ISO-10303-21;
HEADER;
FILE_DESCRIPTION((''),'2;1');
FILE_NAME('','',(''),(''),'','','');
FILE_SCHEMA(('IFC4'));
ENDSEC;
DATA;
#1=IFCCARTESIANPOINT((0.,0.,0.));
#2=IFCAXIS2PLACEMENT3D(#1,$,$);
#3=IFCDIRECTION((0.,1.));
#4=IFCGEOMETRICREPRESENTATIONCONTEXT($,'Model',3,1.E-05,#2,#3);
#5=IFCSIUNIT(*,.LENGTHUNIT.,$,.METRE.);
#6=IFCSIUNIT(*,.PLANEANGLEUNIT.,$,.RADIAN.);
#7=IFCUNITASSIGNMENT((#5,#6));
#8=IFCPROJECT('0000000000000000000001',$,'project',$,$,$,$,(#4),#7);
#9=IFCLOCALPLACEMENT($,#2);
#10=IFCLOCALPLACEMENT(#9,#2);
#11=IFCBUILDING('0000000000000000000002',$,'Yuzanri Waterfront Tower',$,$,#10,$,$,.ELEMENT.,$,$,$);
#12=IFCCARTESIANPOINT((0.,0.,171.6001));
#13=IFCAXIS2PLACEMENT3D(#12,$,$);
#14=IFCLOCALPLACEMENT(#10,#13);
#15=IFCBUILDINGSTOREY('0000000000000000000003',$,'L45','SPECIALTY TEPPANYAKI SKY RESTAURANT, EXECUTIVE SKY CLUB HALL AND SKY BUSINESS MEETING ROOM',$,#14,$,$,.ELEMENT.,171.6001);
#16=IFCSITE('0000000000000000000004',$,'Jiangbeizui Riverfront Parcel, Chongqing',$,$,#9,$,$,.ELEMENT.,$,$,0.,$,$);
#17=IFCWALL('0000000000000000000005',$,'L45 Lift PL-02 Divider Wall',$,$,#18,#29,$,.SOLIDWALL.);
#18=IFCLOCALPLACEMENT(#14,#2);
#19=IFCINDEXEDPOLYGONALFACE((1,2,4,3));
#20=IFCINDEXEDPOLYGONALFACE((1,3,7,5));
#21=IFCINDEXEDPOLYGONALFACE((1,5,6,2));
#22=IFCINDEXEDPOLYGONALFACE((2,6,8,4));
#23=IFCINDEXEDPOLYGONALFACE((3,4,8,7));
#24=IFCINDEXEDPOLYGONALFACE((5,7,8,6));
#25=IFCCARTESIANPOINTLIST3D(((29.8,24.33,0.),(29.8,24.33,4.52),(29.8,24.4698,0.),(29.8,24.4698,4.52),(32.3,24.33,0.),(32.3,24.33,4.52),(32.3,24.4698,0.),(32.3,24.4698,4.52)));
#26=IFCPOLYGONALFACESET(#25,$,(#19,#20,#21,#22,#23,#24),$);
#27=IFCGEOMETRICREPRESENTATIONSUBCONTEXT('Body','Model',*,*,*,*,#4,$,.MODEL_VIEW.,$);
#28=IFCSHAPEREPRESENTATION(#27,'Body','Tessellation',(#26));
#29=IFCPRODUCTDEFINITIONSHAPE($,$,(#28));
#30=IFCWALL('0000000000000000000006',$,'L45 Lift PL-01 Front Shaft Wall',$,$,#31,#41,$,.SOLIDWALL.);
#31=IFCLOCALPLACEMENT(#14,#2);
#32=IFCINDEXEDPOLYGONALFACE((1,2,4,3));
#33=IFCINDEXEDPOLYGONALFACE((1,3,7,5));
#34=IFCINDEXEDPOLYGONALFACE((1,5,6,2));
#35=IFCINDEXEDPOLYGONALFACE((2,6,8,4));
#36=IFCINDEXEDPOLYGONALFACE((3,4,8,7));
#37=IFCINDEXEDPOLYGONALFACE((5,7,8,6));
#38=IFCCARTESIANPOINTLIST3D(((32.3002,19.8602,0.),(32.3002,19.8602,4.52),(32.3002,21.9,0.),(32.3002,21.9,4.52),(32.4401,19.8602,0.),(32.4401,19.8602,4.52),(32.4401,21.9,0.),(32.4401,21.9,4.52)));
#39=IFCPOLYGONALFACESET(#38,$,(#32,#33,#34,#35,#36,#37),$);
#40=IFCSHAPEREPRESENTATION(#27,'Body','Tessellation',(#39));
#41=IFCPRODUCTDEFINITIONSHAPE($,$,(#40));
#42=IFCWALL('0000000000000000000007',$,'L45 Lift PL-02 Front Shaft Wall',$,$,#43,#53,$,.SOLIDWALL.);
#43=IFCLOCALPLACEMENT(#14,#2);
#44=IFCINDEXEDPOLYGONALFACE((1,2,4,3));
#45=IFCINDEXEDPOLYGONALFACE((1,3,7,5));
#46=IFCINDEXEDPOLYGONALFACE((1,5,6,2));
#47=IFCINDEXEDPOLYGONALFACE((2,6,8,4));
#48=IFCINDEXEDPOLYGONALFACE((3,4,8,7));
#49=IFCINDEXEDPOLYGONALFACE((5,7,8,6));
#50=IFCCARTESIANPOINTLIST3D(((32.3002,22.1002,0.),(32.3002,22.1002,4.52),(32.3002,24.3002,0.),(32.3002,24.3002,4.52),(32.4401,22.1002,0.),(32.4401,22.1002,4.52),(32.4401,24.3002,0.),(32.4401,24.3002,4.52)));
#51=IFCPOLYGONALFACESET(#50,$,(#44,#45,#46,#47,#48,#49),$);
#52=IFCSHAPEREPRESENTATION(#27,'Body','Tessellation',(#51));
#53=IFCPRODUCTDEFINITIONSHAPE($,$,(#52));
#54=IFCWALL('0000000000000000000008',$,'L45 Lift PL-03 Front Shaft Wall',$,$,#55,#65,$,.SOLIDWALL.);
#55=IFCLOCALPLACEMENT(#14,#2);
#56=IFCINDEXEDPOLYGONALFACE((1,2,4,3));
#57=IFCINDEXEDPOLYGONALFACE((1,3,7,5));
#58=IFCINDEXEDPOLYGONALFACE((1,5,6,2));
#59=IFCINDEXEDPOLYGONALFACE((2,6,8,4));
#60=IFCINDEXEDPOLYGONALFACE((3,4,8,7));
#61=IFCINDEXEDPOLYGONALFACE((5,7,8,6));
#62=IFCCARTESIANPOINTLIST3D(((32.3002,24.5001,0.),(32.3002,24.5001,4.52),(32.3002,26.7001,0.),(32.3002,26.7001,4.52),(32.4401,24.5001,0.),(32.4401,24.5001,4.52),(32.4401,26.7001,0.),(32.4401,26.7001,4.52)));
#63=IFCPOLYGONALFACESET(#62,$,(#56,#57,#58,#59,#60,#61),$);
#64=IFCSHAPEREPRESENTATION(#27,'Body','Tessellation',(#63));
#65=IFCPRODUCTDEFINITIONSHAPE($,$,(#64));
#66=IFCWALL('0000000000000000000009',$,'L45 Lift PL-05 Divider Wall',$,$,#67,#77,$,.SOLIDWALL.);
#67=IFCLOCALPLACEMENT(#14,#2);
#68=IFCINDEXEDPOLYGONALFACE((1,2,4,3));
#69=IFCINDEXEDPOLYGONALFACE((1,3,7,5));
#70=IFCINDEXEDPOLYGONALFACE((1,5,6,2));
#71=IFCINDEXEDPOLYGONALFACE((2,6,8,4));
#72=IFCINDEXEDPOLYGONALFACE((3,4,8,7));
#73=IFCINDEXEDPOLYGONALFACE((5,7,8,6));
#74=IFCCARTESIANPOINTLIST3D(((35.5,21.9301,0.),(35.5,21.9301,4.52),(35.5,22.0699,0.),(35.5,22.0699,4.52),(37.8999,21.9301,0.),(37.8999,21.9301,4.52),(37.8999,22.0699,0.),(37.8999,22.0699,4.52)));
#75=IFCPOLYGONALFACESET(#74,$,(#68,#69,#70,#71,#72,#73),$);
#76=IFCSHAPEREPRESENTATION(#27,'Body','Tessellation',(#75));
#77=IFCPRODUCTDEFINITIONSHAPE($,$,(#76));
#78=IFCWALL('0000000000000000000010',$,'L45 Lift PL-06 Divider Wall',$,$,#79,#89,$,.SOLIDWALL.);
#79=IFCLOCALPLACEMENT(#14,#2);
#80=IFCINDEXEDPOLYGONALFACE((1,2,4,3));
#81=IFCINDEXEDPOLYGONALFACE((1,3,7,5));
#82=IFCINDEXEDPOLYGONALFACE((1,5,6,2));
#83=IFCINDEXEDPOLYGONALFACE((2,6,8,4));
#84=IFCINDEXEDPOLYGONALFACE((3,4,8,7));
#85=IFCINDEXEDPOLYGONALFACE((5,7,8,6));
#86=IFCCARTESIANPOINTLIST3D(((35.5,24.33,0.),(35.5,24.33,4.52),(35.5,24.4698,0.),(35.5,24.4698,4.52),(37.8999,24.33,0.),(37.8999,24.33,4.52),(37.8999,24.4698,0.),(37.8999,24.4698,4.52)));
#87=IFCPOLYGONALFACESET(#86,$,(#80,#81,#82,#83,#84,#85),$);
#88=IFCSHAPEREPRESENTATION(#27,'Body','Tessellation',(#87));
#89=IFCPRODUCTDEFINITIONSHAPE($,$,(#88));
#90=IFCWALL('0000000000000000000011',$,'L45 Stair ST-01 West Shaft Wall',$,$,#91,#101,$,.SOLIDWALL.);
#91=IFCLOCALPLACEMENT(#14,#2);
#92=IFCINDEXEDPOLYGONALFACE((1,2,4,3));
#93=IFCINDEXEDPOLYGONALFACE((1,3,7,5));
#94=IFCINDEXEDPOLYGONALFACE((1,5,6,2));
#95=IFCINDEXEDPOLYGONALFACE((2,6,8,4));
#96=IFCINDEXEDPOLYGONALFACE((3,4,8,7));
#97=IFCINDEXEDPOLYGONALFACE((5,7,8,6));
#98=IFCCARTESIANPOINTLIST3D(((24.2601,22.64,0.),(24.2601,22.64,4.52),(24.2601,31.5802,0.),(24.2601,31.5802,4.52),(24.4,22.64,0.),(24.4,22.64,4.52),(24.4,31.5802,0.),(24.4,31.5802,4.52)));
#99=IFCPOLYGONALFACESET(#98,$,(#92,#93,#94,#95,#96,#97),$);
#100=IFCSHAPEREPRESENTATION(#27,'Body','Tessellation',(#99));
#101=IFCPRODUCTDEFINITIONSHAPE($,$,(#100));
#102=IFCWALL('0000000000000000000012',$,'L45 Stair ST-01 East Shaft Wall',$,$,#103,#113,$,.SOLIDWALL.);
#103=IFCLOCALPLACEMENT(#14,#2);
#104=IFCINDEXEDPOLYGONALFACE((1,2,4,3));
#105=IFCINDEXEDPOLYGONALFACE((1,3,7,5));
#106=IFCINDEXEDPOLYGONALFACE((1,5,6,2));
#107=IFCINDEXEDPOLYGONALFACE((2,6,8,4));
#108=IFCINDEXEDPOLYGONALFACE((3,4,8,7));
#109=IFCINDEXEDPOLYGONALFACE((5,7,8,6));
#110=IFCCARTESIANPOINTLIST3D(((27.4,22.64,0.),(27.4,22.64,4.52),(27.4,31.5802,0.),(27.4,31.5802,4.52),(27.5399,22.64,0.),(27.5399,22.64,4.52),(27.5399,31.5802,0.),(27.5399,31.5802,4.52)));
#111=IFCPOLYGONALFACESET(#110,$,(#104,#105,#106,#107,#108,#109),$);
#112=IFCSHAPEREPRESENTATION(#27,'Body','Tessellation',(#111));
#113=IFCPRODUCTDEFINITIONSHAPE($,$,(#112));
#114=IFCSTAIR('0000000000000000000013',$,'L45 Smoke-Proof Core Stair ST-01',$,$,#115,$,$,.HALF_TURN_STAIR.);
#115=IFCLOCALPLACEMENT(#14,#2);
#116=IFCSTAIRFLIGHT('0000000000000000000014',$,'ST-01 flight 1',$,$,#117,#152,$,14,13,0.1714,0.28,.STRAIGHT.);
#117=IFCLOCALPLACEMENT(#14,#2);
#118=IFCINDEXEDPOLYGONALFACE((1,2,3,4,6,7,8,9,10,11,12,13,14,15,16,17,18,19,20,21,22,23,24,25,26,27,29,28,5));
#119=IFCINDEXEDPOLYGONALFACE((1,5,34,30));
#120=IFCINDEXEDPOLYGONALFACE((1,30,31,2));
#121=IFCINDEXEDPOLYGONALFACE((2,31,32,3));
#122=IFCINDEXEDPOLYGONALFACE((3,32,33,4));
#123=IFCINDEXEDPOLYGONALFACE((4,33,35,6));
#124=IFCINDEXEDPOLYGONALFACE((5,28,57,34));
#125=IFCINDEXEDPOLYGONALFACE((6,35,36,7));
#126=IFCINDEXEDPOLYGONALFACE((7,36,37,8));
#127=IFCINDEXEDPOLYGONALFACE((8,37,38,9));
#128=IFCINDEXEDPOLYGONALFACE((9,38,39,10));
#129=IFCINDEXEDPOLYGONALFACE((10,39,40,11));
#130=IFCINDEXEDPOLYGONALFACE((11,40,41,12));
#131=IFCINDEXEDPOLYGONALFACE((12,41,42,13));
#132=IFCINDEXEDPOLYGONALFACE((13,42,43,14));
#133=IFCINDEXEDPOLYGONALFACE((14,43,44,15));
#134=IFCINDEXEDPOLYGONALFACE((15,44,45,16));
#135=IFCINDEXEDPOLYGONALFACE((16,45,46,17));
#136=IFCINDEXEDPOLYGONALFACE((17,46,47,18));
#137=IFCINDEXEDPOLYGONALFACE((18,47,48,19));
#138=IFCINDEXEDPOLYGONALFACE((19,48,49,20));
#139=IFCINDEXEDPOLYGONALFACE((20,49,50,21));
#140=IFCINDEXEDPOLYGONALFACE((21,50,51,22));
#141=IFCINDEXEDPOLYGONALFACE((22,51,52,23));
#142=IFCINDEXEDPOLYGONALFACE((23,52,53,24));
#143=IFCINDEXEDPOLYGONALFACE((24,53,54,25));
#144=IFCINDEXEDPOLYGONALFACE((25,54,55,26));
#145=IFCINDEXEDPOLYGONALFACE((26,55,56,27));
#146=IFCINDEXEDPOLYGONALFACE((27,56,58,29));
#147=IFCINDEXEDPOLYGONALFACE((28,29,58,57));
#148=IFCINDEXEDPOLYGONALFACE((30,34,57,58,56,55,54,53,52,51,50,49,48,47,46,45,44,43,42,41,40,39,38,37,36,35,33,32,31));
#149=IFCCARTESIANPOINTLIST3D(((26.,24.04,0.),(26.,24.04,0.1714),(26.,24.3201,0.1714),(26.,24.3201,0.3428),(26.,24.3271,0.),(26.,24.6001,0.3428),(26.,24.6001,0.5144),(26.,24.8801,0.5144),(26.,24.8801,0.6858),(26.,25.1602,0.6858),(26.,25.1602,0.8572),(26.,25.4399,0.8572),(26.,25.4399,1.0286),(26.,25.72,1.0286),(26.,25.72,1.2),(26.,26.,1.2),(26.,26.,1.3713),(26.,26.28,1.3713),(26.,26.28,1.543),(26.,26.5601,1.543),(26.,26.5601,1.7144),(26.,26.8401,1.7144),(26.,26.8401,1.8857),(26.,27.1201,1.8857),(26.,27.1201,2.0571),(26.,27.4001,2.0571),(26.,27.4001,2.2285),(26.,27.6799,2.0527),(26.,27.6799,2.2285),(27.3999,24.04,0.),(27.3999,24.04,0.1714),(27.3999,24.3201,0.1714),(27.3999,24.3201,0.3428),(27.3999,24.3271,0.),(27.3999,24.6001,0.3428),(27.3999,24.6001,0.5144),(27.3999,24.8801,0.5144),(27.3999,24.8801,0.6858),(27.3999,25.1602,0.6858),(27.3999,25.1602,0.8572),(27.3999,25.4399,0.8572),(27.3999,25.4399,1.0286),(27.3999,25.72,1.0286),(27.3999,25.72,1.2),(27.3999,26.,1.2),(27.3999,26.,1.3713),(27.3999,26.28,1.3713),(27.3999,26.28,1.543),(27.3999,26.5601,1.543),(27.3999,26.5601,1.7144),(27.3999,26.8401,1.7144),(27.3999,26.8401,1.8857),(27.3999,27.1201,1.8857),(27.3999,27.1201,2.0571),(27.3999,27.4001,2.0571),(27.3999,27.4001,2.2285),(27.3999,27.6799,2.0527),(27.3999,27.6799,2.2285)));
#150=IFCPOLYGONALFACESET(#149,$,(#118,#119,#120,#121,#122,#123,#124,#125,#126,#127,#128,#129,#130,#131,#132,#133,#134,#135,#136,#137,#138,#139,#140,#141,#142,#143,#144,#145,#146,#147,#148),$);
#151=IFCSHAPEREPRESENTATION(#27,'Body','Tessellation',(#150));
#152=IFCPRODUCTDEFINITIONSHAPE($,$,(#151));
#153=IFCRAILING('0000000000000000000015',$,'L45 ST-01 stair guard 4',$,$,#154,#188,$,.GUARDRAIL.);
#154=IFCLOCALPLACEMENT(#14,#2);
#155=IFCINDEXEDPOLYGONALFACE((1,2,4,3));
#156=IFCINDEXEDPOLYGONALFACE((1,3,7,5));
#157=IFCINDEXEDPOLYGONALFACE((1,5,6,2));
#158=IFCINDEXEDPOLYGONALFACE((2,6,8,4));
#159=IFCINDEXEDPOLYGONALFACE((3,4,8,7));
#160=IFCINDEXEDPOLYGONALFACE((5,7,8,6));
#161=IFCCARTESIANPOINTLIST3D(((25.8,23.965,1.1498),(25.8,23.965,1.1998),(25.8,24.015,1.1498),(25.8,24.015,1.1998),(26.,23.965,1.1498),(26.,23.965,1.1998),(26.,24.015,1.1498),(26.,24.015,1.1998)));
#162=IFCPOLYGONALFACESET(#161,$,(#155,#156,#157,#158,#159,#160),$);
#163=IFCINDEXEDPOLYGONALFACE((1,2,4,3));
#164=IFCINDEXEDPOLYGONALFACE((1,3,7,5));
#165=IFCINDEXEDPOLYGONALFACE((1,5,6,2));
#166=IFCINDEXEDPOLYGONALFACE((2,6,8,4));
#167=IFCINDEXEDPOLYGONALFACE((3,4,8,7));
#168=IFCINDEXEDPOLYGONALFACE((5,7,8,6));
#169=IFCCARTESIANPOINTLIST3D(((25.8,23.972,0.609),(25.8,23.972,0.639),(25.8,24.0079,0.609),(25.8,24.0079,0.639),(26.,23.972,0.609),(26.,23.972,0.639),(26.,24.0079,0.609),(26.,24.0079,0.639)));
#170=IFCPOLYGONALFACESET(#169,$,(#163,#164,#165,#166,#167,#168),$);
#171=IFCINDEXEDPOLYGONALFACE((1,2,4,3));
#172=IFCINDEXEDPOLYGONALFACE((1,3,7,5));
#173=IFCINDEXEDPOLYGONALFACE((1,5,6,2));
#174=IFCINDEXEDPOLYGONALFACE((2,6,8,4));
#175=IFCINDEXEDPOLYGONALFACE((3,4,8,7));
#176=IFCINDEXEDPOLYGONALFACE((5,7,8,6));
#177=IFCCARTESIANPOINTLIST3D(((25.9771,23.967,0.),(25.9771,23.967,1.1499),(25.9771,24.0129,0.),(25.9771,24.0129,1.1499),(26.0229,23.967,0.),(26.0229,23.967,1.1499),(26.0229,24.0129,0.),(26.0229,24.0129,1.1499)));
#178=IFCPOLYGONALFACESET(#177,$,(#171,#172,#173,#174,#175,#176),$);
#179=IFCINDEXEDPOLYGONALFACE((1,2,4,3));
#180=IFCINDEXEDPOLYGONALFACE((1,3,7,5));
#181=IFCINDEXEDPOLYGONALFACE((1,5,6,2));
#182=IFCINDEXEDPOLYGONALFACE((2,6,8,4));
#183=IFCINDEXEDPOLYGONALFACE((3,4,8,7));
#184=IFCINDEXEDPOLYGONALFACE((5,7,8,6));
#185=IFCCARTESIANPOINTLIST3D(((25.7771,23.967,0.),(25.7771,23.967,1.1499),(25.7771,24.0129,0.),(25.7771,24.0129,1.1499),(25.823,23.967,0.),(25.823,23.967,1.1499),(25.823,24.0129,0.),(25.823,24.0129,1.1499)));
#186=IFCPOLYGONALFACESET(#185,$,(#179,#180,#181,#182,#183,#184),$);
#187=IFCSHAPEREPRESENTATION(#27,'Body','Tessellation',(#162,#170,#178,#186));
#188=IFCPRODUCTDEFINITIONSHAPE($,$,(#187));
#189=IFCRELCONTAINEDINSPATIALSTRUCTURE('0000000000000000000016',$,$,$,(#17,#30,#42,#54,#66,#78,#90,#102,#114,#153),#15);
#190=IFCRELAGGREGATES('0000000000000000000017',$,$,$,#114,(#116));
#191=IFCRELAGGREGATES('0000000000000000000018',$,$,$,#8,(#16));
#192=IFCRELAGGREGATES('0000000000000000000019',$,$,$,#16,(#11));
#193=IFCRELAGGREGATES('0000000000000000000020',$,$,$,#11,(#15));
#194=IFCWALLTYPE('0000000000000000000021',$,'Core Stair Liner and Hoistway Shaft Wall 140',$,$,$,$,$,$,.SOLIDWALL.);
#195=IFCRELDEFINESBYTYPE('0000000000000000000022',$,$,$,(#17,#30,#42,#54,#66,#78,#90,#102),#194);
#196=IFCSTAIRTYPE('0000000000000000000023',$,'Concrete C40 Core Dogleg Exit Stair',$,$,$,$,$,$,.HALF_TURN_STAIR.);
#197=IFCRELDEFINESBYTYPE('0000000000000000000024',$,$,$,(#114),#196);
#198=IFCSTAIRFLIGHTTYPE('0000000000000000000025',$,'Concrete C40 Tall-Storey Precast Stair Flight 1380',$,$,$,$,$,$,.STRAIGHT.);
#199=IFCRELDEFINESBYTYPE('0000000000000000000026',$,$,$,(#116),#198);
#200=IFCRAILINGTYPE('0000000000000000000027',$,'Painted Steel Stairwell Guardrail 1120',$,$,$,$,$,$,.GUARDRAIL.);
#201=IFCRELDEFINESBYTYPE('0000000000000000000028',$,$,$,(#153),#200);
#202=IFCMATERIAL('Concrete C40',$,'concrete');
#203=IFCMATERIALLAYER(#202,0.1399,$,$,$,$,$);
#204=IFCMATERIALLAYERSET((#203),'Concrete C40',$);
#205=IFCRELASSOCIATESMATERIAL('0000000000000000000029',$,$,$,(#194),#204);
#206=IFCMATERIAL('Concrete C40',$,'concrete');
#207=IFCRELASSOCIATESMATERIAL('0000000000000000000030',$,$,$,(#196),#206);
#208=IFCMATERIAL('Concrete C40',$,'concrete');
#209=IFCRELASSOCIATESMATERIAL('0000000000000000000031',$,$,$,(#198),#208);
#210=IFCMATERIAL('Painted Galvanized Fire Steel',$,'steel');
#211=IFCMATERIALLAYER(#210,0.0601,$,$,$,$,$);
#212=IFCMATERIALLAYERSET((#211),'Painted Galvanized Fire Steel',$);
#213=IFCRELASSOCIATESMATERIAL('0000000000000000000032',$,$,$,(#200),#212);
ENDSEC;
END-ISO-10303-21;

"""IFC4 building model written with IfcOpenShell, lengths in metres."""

from ifc_helpers import new_model, si_unit, direction, frame, frame_2d, origin, origin_2d, place, context, subcontext, project, spatial, polyline, rectangle, outline, extrude, source, transform, mapped, material, layer, layer_set, type_object, element, aggregate, save


model = new_model("IFC4")

# Units and contexts
model_context = context("Model", 3, precision=1e-05, world=origin(), true_north=direction((0.0, 1.0)))
body_context = subcontext(model_context, "Body", "Model", "MODEL_VIEW")
ifc_project = project(units=[si_unit("LENGTHUNIT", "METRE"), si_unit("PLANEANGLEUNIT", "RADIAN")], contexts=[model_context])

# Site, building, storey
site_placement = place(None, origin())
site = spatial("IfcSite", under=ifc_project, at=site_placement, Name="Jiangbeizui Riverfront Parcel, Chongqing", CompositionType="ELEMENT", RefElevation=0.0)
building_placement = place(site_placement, origin())
building = spatial("IfcBuilding", under=site, at=building_placement, Name="Yuzanri Waterfront Tower", CompositionType="ELEMENT")
storey_placement = place(building_placement, frame((0.0, 0.0, 171.6001)))
storey = spatial("IfcBuildingStorey", under=building, at=storey_placement, Name="L45", Description="SPECIALTY TEPPANYAKI SKY RESTAURANT, EXECUTIVE SKY CLUB HALL AND SKY BUSINESS MEETING ROOM", CompositionType="ELEMENT", Elevation=171.6001)

# Shared definitions
ifc_material_1 = material(Name="Concrete C40", Category="concrete")
ifc_layer_1 = layer(ifc_material_1, 0.1399)
ifc_layer_set_1 = layer_set([ifc_layer_1], Name="Concrete C40")
wall_type_1 = type_object("IfcWallType", Name="Core Stair Liner and Hoistway Shaft Wall 140", PredefinedType="SOLIDWALL", material=ifc_layer_set_1)

# Walls
shared_shape_1 = source(origin(), body_context, "Body", "SweptSolid", [
    extrude(rectangle(XDim=2.5, YDim=0.1399, at=frame_2d((1.25, 0.0))), origin(), (0.0, 0.0, 1.0), 4.52),
])
for number, where, z_axis, x_axis, name in (
    (1, (29.8, 24.3999, 0.0), (0.0, 0.0, 1.0), (1.0, 0.0, 0.0), "L45 Lift PL-02 Divider Wall"),
):
    element("IfcWall", number, at=place(storey_placement, frame(where, z_axis=z_axis, x_axis=x_axis)), inside=storey, type_object=wall_type_1, Name=name, PredefinedType="SOLIDWALL", context=body_context, shape_type="MappedRepresentation", body=[
        mapped(shared_shape_1, transform((0.0, 0.0, 0.0), scale=1.0)),
    ])
shared_shape_2 = source(origin(), body_context, "Body", "SweptSolid", [
    extrude(rectangle(XDim=2.0398, YDim=0.1399, at=frame_2d((1.02, 0.0))), origin(), (0.0, 0.0, 1.0), 4.52),
])
wall_1_placement = place(storey_placement, frame((32.3701, 19.8601, 0.0), z_axis=(0.0, 0.0, 1.0), x_axis=(0.0, 1.0, 0.0)))
element("IfcWall", 2, at=wall_1_placement, inside=storey, type_object=wall_type_1, Name="L45 Lift PL-01 Front Shaft Wall", PredefinedType="SOLIDWALL", context=body_context, shape_type="MappedRepresentation", body=[
    mapped(shared_shape_2, transform((0.0, 0.0, 0.0), scale=1.0)),
])
shared_shape_3 = source(origin(), body_context, "Body", "SweptSolid", [
    extrude(rectangle(XDim=2.2, YDim=0.1399, at=frame_2d((1.1001, 0.0))), origin(), (0.0, 0.0, 1.0), 4.52),
])
for number, where, z_axis, x_axis, name in (
    (3, (32.3701, 22.1001, 0.0), (0.0, 0.0, 1.0), (0.0, 1.0, 0.0), "L45 Lift PL-02 Front Shaft Wall"),
    (4, (32.3701, 24.5, 0.0), (0.0, 0.0, 1.0), (0.0, 1.0, 0.0), "L45 Lift PL-03 Front Shaft Wall"),
):
    element("IfcWall", number, at=place(storey_placement, frame(where, z_axis=z_axis, x_axis=x_axis)), inside=storey, type_object=wall_type_1, Name=name, PredefinedType="SOLIDWALL", context=body_context, shape_type="MappedRepresentation", body=[
        mapped(shared_shape_3, transform((0.0, 0.0, 0.0), scale=1.0)),
    ])
shared_shape_4 = source(origin(), body_context, "Body", "SweptSolid", [
    extrude(rectangle(XDim=2.3999, YDim=0.1399, at=frame_2d((1.2, 0.0))), origin(), (0.0, 0.0, 1.0), 4.52),
])
for number, where, z_axis, x_axis, name in (
    (5, (35.5, 22.0, 0.0), (0.0, 0.0, 1.0), (1.0, 0.0, 0.0), "L45 Lift PL-05 Divider Wall"),
    (6, (35.5, 24.3999, 0.0), (0.0, 0.0, 1.0), (1.0, 0.0, 0.0), "L45 Lift PL-06 Divider Wall"),
):
    element("IfcWall", number, at=place(storey_placement, frame(where, z_axis=z_axis, x_axis=x_axis)), inside=storey, type_object=wall_type_1, Name=name, PredefinedType="SOLIDWALL", context=body_context, shape_type="MappedRepresentation", body=[
        mapped(shared_shape_4, transform((0.0, 0.0, 0.0), scale=1.0)),
    ])
shared_shape_5 = source(origin(), body_context, "Body", "SweptSolid", [
    extrude(rectangle(XDim=8.9402, YDim=0.1399, at=frame_2d((4.4702, 0.0))), origin(), (0.0, 0.0, 1.0), 4.52),
])
for number, where, z_axis, x_axis, name in (
    (7, (24.3301, 22.6399, 0.0), (0.0, 0.0, 1.0), (0.0, 1.0, 0.0), "L45 Stair ST-01 West Shaft Wall"),
    (8, (27.47, 22.6399, 0.0), (0.0, 0.0, 1.0), (0.0, 1.0, 0.0), "L45 Stair ST-01 East Shaft Wall"),
):
    element("IfcWall", number, at=place(storey_placement, frame(where, z_axis=z_axis, x_axis=x_axis)), inside=storey, type_object=wall_type_1, Name=name, PredefinedType="SOLIDWALL", context=body_context, shape_type="MappedRepresentation", body=[
        mapped(shared_shape_5, transform((0.0, 0.0, 0.0), scale=1.0)),
    ])

# Stair, stair flight
ifc_material_2 = material(Name="Concrete C40", Category="concrete")
stair_type = type_object("IfcStairType", Name="Concrete C40 Core Dogleg Exit Stair", PredefinedType="HALF_TURN_STAIR", material=ifc_material_2)
stair_placement = place(storey_placement, origin())
stair = element("IfcStair", 9, at=stair_placement, inside=storey, type_object=stair_type, Name="L45 Smoke-Proof Core Stair ST-01", PredefinedType="HALF_TURN_STAIR")
ifc_material_3 = material(Name="Concrete C40", Category="concrete")
stair_flight_type = type_object("IfcStairFlightType", Name="Concrete C40 Tall-Storey Precast Stair Flight 1380", PredefinedType="STRAIGHT", material=ifc_material_3)
shared_shape_6 = source(origin(), body_context, "Body", "SweptSolid", [
    extrude(outline(polyline([(0.0, 0.0), (0.0, 0.1714), (0.28, 0.1714), (0.28, 0.3428), (0.5601, 0.3428), (0.5601, 0.5144), (0.8401, 0.5144), (0.8401, 0.6858), (1.1201, 0.6858), (1.1201, 0.8572), (1.3999, 0.8572), (1.3999, 1.0286), (1.6799, 1.0286), (1.6799, 1.2), (1.96, 1.2), (1.96, 1.3713), (2.24, 1.3713), (2.24, 1.543), (2.52, 1.543), (2.52, 1.7144), (2.8, 1.7144), (2.8, 1.8857), (3.0801, 1.8857), (3.0801, 2.0571), (3.3601, 2.0571), (3.3601, 2.2285), (3.6399, 2.2285), (3.6399, 2.3999), (3.6399, 2.0527), (0.2871, 0.0), (0.0, 0.0)])), frame((0.0, 0.7, 0.0), z_axis=(0.0, -1.0, 0.0), x_axis=(1.0, 0.0, 0.0)), (0.0, 0.0, 1.0), 1.3999),
])
stair_flight_placement = place(storey_placement, frame((26.7, 24.04, 0.0), z_axis=(0.0, 0.0, 1.0), x_axis=(0.0, 1.0, 0.0)))
stair_flight = element("IfcStairFlight", 10, at=stair_flight_placement, type_object=stair_flight_type, Name="ST-01 flight 1", NumberOfRisers=14, NumberOfTreads=13, PredefinedType="STRAIGHT", RiserHeight=0.1714, TreadLength=0.28, context=body_context, shape_type="MappedRepresentation", body=[
    mapped(shared_shape_6, transform((0.0, 0.0, 0.0), scale=1.0)),
])
aggregate(stair, [stair_flight])

# Railing
ifc_material_4 = material(Name="Painted Galvanized Fire Steel", Category="steel")
ifc_layer_2 = layer(ifc_material_4, 0.0601)
ifc_layer_set_2 = layer_set([ifc_layer_2], Name="Painted Galvanized Fire Steel")
railing_type_1 = type_object("IfcRailingType", Name="Painted Steel Stairwell Guardrail 1120", PredefinedType="GUARDRAIL", material=ifc_layer_set_2)
shared_shape_7 = source(origin(), body_context, "Body", "SweptSolid", [
    extrude(rectangle(XDim=0.05, YDim=0.05, at=origin_2d()), frame((0.0, 0.0, 1.1748), z_axis=(-1.0, 0.0, 0.0), x_axis=(0.0, -1.0, 0.0)), (0.0, 0.0, 1.0), 0.2),
    extrude(rectangle(XDim=0.0359, YDim=0.03, at=origin_2d()), frame((0.0, 0.0, 0.624), z_axis=(-1.0, 0.0, 0.0), x_axis=(0.0, -1.0, 0.0)), (0.0, 0.0, 1.0), 0.2),
    extrude(rectangle(XDim=0.0459, YDim=0.0459, at=origin_2d()), origin(), (0.0, 0.0, 1.0), 1.1499),
    extrude(rectangle(XDim=0.0459, YDim=0.0459, at=origin_2d()), frame((-0.2, 0.0, 0.0)), (0.0, 0.0, 1.0), 1.1499),
])
railing_1_placement = place(storey_placement, frame((26.0, 23.99, 0.0)))
element("IfcRailing", 11, at=railing_1_placement, inside=storey, type_object=railing_type_1, Name="L45 ST-01 stair guard 4", PredefinedType="GUARDRAIL", context=body_context, shape_type="MappedRepresentation", body=[
    mapped(shared_shape_7, transform((0.0, 0.0, 0.0), scale=1.0)),
])

save(model, "model.ifc")
